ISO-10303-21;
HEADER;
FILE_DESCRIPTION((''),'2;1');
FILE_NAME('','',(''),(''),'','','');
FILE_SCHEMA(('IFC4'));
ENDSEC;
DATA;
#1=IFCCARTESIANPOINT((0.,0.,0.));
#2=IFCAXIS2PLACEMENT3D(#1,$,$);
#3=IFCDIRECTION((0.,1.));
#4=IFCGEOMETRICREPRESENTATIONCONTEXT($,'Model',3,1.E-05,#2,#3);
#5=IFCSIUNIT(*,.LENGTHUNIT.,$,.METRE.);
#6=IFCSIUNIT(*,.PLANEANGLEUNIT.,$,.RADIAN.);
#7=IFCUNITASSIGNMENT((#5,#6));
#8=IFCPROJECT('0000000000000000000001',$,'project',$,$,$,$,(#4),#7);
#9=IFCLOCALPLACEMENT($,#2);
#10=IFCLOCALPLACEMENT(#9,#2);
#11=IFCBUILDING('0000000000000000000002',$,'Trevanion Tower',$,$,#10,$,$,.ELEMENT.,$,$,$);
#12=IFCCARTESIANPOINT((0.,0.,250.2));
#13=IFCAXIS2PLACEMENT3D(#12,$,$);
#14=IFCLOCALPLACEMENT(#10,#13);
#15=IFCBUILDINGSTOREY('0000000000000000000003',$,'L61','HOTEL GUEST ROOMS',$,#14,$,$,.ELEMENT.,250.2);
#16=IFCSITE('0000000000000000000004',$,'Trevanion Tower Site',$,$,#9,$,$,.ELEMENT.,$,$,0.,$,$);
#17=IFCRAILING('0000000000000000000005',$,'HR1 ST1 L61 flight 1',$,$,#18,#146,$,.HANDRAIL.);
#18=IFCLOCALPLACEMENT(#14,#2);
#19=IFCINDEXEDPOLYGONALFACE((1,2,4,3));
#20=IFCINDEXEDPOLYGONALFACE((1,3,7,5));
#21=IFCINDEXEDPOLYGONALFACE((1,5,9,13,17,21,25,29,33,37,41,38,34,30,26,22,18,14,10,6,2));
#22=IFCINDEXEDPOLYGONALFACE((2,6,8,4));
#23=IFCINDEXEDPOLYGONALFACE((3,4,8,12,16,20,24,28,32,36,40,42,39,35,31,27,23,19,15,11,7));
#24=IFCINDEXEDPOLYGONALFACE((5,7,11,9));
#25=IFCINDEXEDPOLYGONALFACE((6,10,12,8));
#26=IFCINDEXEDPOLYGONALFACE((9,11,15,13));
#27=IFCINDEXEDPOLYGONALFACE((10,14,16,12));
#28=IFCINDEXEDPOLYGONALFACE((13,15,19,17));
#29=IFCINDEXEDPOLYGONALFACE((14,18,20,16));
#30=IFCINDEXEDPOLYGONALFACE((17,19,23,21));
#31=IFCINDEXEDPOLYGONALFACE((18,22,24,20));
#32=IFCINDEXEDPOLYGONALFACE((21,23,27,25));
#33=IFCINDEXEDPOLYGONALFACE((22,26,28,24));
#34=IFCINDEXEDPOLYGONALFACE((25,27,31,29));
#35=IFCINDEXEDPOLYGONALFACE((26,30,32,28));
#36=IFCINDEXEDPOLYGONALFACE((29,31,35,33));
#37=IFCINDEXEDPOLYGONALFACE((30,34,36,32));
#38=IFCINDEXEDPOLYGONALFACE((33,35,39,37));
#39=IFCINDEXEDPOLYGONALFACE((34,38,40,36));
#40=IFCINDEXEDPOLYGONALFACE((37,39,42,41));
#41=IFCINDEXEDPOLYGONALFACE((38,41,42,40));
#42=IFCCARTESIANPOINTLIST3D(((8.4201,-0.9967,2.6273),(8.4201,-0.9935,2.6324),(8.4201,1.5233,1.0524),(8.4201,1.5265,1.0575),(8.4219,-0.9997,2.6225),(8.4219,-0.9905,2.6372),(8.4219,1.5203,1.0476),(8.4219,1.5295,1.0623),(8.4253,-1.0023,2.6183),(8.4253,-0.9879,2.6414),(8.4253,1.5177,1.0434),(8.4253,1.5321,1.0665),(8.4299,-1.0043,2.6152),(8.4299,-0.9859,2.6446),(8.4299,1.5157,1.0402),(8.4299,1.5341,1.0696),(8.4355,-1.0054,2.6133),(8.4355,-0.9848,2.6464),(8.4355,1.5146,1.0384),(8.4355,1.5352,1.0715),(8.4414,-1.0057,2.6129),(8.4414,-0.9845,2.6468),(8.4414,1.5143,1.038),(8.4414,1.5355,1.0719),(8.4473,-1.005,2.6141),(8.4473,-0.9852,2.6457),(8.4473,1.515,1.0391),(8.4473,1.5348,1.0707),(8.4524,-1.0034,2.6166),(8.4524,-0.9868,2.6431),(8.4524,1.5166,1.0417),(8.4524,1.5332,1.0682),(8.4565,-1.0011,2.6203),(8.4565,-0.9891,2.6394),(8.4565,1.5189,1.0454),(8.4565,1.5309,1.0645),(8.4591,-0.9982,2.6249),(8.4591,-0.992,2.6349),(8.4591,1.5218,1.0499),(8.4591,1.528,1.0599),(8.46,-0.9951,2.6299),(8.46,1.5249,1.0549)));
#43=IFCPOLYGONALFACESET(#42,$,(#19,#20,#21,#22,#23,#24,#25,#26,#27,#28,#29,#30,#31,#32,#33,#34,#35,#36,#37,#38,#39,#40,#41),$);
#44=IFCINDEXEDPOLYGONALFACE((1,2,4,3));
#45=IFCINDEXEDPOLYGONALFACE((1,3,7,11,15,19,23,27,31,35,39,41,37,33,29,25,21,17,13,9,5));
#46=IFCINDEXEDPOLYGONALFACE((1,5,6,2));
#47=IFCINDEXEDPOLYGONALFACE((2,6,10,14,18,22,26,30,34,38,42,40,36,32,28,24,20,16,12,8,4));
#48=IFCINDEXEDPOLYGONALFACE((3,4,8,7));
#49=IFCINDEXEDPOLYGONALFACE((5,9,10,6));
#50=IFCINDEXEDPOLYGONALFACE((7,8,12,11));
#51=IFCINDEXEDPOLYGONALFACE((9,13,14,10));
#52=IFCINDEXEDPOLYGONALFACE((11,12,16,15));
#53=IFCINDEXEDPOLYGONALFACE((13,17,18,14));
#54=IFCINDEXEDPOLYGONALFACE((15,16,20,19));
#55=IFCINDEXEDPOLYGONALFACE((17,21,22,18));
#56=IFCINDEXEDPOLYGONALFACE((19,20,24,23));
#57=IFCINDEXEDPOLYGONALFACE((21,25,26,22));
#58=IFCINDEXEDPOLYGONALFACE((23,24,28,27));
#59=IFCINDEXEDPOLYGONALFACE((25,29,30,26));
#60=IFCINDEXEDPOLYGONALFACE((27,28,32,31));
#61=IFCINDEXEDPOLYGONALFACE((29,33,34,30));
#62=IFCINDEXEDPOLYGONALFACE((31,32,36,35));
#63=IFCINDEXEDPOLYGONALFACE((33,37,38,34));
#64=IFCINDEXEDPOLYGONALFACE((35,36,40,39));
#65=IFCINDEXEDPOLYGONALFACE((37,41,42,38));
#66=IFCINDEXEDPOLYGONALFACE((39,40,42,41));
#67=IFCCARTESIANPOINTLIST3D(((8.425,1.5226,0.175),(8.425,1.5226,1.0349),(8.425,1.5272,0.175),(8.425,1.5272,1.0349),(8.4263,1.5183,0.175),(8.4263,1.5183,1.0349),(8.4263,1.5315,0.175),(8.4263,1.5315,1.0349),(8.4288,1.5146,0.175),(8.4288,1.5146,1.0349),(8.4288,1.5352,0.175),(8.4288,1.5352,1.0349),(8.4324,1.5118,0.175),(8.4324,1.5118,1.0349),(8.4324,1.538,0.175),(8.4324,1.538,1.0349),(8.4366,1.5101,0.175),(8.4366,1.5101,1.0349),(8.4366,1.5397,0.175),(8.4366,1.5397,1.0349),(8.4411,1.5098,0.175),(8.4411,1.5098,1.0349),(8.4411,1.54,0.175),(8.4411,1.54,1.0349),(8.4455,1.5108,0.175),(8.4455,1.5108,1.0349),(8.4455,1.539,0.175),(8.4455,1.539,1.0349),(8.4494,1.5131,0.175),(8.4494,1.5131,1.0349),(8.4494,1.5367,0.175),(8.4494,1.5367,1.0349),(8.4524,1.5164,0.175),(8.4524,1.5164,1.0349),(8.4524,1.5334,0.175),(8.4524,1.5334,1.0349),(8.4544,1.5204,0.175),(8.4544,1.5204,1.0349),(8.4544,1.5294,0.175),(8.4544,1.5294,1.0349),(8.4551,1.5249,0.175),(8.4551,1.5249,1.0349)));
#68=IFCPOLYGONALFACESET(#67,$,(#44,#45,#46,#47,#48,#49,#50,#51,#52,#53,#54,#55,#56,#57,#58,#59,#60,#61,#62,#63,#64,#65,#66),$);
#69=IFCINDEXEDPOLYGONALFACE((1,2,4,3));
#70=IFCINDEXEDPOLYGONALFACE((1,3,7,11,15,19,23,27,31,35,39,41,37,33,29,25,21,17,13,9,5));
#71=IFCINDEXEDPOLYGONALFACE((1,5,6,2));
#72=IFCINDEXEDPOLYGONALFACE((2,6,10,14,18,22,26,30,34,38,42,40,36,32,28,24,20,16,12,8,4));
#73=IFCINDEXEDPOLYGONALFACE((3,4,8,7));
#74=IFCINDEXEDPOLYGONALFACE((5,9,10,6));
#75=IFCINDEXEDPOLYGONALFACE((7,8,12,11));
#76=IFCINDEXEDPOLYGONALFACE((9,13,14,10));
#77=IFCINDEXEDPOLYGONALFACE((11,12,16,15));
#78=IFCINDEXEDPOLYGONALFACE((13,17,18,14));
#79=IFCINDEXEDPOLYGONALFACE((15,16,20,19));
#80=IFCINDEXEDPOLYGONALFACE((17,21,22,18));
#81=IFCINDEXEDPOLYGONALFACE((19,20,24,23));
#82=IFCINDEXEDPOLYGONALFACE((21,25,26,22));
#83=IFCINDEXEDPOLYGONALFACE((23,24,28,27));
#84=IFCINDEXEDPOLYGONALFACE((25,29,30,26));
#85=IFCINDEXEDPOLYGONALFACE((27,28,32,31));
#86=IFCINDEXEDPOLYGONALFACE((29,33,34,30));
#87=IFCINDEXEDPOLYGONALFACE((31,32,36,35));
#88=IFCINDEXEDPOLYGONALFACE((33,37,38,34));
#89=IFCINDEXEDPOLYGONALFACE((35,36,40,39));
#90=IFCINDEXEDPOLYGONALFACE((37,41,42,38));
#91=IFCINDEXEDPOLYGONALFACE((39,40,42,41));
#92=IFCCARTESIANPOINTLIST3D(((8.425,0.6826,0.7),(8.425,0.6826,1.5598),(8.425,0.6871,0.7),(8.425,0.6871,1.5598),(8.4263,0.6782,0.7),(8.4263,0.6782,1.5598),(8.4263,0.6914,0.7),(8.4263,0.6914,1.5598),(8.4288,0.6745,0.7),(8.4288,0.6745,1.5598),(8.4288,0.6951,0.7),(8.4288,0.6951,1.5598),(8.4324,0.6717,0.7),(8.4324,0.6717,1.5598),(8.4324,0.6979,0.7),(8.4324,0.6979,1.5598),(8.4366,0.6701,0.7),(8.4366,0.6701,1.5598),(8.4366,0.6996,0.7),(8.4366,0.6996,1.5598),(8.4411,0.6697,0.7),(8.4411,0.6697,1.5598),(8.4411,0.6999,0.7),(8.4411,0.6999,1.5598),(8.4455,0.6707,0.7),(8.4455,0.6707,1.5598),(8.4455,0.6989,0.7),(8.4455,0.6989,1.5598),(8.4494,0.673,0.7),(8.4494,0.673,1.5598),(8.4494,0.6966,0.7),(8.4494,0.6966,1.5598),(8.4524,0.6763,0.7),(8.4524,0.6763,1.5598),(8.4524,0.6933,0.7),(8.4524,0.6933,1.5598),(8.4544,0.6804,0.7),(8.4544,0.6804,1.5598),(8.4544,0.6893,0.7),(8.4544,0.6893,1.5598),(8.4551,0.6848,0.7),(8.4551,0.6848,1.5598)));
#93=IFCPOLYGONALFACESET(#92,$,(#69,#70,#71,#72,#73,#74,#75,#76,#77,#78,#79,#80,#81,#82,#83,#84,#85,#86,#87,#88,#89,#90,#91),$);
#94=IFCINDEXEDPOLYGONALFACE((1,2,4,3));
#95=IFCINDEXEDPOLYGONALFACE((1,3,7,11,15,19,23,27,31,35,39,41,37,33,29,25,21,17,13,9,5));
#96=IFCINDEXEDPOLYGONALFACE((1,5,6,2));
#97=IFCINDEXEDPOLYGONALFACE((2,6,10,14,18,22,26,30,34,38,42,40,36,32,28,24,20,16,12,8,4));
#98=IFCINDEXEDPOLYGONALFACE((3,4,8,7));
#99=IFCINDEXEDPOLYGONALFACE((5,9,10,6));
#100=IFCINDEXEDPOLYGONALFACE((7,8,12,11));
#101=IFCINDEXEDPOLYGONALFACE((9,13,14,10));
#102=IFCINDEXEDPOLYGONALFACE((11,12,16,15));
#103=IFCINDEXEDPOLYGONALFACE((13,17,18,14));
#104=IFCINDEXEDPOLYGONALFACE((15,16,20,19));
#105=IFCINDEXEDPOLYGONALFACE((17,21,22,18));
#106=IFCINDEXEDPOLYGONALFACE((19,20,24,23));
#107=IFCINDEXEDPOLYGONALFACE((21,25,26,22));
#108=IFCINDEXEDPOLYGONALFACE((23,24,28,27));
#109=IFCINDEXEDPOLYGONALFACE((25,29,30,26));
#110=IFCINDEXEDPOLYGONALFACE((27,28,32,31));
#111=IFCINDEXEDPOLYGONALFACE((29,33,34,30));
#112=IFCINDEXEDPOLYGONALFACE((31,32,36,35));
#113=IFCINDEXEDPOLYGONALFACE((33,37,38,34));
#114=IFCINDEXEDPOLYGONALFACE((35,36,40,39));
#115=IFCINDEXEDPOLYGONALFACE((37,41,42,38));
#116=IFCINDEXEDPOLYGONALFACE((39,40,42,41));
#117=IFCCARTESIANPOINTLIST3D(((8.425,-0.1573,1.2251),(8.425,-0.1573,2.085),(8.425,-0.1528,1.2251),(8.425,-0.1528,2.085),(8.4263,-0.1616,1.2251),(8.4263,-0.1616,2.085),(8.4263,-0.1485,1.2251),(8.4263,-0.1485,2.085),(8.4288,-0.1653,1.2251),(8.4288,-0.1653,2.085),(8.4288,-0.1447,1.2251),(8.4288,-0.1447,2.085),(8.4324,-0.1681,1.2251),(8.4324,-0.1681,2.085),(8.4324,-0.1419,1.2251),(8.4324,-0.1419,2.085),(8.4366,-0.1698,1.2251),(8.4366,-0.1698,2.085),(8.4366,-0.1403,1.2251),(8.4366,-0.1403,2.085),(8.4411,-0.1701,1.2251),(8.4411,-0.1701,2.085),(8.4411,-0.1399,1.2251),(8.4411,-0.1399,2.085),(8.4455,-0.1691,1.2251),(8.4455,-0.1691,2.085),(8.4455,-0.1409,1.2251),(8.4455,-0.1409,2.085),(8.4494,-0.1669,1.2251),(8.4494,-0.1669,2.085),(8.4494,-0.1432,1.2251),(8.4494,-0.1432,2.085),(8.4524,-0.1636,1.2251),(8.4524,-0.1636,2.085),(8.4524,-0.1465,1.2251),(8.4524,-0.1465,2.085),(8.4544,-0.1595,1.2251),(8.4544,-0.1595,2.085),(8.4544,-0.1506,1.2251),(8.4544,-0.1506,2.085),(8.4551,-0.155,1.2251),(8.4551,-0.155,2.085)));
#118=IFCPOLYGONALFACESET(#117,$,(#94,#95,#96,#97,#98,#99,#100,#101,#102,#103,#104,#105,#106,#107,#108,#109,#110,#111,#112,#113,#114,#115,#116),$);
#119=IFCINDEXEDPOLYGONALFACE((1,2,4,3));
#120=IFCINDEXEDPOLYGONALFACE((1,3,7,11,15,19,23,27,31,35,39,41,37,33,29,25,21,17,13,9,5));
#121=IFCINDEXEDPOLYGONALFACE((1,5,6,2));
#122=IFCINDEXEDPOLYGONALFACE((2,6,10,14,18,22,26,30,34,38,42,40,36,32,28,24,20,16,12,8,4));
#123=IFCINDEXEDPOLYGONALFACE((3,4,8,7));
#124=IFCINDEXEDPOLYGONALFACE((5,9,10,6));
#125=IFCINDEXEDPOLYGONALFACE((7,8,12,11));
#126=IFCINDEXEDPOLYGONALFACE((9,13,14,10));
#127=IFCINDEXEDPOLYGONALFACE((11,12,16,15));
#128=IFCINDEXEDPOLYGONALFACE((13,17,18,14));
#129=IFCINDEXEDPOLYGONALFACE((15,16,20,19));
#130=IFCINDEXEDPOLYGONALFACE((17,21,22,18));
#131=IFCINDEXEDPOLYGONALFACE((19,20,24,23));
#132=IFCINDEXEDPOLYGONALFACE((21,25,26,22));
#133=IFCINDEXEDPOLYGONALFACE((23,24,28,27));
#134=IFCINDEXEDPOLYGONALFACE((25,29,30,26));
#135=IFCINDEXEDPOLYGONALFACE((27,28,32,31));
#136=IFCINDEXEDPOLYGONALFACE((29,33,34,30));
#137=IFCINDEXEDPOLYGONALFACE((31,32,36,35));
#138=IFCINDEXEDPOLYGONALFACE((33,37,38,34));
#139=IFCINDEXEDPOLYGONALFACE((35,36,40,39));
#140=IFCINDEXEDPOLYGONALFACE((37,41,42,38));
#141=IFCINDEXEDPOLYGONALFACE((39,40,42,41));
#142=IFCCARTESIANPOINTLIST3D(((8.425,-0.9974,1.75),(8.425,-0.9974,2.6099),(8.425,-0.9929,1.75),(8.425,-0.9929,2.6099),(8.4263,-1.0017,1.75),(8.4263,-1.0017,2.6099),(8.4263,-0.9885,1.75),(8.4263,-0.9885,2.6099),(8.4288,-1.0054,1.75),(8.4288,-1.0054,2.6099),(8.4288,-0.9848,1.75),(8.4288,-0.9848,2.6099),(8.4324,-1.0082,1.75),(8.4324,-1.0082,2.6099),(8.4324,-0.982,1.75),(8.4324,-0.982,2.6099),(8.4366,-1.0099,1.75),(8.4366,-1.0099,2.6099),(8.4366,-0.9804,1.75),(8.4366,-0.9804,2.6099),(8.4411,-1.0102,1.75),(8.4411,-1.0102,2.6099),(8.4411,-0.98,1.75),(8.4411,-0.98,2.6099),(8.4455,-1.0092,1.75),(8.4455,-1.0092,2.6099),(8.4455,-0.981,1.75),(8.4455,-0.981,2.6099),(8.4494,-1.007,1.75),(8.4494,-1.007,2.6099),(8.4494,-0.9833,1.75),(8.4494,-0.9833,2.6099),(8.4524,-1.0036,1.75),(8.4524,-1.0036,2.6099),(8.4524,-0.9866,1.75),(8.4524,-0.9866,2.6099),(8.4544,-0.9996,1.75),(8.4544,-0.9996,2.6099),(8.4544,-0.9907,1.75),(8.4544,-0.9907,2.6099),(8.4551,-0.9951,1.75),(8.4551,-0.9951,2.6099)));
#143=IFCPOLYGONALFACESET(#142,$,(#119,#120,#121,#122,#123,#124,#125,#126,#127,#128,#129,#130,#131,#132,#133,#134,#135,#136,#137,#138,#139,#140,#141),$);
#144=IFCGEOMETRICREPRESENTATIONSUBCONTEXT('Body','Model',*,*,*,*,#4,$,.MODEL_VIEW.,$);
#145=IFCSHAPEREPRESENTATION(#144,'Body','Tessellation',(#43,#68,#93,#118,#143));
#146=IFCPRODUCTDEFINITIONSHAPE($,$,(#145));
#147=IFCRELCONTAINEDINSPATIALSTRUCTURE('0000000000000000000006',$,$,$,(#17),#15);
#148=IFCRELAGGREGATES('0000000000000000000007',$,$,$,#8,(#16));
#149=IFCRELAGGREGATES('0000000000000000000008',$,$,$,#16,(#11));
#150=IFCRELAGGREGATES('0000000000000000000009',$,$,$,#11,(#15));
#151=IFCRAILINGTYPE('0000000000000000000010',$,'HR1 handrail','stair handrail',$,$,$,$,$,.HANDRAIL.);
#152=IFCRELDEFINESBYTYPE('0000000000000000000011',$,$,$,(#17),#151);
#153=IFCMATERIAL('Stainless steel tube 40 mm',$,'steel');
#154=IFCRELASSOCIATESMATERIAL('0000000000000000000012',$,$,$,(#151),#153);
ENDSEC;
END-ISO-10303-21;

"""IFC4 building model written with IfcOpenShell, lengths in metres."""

from ifc_helpers import new_model, si_unit, direction, frame, origin, origin_2d, place, context, subcontext, project, spatial, circle, extrude, material, type_object, element, save


model = new_model("IFC4")

# Units and contexts
model_context = context("Model", 3, precision=1e-05, world=origin(), true_north=direction((0.0, 1.0)))
body_context = subcontext(model_context, "Body", "Model", "MODEL_VIEW")
ifc_project = project(units=[si_unit("LENGTHUNIT", "METRE"), si_unit("PLANEANGLEUNIT", "RADIAN")], contexts=[model_context])

# Site, building, storey
site_placement = place(None, origin())
site = spatial("IfcSite", under=ifc_project, at=site_placement, Name="Trevanion Tower Site", CompositionType="ELEMENT", RefElevation=0.0)
building_placement = place(site_placement, origin())
building = spatial("IfcBuilding", under=site, at=building_placement, Name="Trevanion Tower", CompositionType="ELEMENT")
storey_placement = place(building_placement, frame((0.0, 0.0, 250.2)))
storey = spatial("IfcBuildingStorey", under=building, at=storey_placement, Name="L61", Description="HOTEL GUEST ROOMS", CompositionType="ELEMENT", Elevation=250.2)

# Railing
ifc_material_1 = material(Name="Stainless steel tube 40 mm", Category="steel")
railing_type = type_object("IfcRailingType", Name="HR1 handrail", Description="stair handrail", PredefinedType="HANDRAIL", material=ifc_material_1)
for number, where, name in (
    (1, (8.4399, 1.5249, 0.175), "HR1 ST1 L61 flight 1"),
):
    element("IfcRailing", number, at=place(storey_placement, frame(where)), inside=storey, type_object=railing_type, Name=name, PredefinedType="HANDRAIL", context=body_context, shape_type="SweptSolid", body=[
        extrude(circle(Radius=0.02, at=origin_2d()), frame((0.0, 0.0, 0.8799), z_axis=(0.0, -0.848008, 0.529984), x_axis=(1.0, 0.0, 0.0)), (0.0, 0.0, 1.0), 2.9717),
        extrude(circle(Radius=0.0151, at=origin_2d()), origin(), (0.0, 0.0, 1.0), 0.8599),
        extrude(circle(Radius=0.0151, at=origin_2d()), frame((0.0, -0.8401, 0.5249)), (0.0, 0.0, 1.0), 0.8599),
        extrude(circle(Radius=0.0151, at=origin_2d()), frame((0.0, -1.6799, 1.05)), (0.0, 0.0, 1.0), 0.8599),
        extrude(circle(Radius=0.0151, at=origin_2d()), frame((0.0, -2.52, 1.575)), (0.0, 0.0, 1.0), 0.8599),
    ])

save(model, "model.ifc")
